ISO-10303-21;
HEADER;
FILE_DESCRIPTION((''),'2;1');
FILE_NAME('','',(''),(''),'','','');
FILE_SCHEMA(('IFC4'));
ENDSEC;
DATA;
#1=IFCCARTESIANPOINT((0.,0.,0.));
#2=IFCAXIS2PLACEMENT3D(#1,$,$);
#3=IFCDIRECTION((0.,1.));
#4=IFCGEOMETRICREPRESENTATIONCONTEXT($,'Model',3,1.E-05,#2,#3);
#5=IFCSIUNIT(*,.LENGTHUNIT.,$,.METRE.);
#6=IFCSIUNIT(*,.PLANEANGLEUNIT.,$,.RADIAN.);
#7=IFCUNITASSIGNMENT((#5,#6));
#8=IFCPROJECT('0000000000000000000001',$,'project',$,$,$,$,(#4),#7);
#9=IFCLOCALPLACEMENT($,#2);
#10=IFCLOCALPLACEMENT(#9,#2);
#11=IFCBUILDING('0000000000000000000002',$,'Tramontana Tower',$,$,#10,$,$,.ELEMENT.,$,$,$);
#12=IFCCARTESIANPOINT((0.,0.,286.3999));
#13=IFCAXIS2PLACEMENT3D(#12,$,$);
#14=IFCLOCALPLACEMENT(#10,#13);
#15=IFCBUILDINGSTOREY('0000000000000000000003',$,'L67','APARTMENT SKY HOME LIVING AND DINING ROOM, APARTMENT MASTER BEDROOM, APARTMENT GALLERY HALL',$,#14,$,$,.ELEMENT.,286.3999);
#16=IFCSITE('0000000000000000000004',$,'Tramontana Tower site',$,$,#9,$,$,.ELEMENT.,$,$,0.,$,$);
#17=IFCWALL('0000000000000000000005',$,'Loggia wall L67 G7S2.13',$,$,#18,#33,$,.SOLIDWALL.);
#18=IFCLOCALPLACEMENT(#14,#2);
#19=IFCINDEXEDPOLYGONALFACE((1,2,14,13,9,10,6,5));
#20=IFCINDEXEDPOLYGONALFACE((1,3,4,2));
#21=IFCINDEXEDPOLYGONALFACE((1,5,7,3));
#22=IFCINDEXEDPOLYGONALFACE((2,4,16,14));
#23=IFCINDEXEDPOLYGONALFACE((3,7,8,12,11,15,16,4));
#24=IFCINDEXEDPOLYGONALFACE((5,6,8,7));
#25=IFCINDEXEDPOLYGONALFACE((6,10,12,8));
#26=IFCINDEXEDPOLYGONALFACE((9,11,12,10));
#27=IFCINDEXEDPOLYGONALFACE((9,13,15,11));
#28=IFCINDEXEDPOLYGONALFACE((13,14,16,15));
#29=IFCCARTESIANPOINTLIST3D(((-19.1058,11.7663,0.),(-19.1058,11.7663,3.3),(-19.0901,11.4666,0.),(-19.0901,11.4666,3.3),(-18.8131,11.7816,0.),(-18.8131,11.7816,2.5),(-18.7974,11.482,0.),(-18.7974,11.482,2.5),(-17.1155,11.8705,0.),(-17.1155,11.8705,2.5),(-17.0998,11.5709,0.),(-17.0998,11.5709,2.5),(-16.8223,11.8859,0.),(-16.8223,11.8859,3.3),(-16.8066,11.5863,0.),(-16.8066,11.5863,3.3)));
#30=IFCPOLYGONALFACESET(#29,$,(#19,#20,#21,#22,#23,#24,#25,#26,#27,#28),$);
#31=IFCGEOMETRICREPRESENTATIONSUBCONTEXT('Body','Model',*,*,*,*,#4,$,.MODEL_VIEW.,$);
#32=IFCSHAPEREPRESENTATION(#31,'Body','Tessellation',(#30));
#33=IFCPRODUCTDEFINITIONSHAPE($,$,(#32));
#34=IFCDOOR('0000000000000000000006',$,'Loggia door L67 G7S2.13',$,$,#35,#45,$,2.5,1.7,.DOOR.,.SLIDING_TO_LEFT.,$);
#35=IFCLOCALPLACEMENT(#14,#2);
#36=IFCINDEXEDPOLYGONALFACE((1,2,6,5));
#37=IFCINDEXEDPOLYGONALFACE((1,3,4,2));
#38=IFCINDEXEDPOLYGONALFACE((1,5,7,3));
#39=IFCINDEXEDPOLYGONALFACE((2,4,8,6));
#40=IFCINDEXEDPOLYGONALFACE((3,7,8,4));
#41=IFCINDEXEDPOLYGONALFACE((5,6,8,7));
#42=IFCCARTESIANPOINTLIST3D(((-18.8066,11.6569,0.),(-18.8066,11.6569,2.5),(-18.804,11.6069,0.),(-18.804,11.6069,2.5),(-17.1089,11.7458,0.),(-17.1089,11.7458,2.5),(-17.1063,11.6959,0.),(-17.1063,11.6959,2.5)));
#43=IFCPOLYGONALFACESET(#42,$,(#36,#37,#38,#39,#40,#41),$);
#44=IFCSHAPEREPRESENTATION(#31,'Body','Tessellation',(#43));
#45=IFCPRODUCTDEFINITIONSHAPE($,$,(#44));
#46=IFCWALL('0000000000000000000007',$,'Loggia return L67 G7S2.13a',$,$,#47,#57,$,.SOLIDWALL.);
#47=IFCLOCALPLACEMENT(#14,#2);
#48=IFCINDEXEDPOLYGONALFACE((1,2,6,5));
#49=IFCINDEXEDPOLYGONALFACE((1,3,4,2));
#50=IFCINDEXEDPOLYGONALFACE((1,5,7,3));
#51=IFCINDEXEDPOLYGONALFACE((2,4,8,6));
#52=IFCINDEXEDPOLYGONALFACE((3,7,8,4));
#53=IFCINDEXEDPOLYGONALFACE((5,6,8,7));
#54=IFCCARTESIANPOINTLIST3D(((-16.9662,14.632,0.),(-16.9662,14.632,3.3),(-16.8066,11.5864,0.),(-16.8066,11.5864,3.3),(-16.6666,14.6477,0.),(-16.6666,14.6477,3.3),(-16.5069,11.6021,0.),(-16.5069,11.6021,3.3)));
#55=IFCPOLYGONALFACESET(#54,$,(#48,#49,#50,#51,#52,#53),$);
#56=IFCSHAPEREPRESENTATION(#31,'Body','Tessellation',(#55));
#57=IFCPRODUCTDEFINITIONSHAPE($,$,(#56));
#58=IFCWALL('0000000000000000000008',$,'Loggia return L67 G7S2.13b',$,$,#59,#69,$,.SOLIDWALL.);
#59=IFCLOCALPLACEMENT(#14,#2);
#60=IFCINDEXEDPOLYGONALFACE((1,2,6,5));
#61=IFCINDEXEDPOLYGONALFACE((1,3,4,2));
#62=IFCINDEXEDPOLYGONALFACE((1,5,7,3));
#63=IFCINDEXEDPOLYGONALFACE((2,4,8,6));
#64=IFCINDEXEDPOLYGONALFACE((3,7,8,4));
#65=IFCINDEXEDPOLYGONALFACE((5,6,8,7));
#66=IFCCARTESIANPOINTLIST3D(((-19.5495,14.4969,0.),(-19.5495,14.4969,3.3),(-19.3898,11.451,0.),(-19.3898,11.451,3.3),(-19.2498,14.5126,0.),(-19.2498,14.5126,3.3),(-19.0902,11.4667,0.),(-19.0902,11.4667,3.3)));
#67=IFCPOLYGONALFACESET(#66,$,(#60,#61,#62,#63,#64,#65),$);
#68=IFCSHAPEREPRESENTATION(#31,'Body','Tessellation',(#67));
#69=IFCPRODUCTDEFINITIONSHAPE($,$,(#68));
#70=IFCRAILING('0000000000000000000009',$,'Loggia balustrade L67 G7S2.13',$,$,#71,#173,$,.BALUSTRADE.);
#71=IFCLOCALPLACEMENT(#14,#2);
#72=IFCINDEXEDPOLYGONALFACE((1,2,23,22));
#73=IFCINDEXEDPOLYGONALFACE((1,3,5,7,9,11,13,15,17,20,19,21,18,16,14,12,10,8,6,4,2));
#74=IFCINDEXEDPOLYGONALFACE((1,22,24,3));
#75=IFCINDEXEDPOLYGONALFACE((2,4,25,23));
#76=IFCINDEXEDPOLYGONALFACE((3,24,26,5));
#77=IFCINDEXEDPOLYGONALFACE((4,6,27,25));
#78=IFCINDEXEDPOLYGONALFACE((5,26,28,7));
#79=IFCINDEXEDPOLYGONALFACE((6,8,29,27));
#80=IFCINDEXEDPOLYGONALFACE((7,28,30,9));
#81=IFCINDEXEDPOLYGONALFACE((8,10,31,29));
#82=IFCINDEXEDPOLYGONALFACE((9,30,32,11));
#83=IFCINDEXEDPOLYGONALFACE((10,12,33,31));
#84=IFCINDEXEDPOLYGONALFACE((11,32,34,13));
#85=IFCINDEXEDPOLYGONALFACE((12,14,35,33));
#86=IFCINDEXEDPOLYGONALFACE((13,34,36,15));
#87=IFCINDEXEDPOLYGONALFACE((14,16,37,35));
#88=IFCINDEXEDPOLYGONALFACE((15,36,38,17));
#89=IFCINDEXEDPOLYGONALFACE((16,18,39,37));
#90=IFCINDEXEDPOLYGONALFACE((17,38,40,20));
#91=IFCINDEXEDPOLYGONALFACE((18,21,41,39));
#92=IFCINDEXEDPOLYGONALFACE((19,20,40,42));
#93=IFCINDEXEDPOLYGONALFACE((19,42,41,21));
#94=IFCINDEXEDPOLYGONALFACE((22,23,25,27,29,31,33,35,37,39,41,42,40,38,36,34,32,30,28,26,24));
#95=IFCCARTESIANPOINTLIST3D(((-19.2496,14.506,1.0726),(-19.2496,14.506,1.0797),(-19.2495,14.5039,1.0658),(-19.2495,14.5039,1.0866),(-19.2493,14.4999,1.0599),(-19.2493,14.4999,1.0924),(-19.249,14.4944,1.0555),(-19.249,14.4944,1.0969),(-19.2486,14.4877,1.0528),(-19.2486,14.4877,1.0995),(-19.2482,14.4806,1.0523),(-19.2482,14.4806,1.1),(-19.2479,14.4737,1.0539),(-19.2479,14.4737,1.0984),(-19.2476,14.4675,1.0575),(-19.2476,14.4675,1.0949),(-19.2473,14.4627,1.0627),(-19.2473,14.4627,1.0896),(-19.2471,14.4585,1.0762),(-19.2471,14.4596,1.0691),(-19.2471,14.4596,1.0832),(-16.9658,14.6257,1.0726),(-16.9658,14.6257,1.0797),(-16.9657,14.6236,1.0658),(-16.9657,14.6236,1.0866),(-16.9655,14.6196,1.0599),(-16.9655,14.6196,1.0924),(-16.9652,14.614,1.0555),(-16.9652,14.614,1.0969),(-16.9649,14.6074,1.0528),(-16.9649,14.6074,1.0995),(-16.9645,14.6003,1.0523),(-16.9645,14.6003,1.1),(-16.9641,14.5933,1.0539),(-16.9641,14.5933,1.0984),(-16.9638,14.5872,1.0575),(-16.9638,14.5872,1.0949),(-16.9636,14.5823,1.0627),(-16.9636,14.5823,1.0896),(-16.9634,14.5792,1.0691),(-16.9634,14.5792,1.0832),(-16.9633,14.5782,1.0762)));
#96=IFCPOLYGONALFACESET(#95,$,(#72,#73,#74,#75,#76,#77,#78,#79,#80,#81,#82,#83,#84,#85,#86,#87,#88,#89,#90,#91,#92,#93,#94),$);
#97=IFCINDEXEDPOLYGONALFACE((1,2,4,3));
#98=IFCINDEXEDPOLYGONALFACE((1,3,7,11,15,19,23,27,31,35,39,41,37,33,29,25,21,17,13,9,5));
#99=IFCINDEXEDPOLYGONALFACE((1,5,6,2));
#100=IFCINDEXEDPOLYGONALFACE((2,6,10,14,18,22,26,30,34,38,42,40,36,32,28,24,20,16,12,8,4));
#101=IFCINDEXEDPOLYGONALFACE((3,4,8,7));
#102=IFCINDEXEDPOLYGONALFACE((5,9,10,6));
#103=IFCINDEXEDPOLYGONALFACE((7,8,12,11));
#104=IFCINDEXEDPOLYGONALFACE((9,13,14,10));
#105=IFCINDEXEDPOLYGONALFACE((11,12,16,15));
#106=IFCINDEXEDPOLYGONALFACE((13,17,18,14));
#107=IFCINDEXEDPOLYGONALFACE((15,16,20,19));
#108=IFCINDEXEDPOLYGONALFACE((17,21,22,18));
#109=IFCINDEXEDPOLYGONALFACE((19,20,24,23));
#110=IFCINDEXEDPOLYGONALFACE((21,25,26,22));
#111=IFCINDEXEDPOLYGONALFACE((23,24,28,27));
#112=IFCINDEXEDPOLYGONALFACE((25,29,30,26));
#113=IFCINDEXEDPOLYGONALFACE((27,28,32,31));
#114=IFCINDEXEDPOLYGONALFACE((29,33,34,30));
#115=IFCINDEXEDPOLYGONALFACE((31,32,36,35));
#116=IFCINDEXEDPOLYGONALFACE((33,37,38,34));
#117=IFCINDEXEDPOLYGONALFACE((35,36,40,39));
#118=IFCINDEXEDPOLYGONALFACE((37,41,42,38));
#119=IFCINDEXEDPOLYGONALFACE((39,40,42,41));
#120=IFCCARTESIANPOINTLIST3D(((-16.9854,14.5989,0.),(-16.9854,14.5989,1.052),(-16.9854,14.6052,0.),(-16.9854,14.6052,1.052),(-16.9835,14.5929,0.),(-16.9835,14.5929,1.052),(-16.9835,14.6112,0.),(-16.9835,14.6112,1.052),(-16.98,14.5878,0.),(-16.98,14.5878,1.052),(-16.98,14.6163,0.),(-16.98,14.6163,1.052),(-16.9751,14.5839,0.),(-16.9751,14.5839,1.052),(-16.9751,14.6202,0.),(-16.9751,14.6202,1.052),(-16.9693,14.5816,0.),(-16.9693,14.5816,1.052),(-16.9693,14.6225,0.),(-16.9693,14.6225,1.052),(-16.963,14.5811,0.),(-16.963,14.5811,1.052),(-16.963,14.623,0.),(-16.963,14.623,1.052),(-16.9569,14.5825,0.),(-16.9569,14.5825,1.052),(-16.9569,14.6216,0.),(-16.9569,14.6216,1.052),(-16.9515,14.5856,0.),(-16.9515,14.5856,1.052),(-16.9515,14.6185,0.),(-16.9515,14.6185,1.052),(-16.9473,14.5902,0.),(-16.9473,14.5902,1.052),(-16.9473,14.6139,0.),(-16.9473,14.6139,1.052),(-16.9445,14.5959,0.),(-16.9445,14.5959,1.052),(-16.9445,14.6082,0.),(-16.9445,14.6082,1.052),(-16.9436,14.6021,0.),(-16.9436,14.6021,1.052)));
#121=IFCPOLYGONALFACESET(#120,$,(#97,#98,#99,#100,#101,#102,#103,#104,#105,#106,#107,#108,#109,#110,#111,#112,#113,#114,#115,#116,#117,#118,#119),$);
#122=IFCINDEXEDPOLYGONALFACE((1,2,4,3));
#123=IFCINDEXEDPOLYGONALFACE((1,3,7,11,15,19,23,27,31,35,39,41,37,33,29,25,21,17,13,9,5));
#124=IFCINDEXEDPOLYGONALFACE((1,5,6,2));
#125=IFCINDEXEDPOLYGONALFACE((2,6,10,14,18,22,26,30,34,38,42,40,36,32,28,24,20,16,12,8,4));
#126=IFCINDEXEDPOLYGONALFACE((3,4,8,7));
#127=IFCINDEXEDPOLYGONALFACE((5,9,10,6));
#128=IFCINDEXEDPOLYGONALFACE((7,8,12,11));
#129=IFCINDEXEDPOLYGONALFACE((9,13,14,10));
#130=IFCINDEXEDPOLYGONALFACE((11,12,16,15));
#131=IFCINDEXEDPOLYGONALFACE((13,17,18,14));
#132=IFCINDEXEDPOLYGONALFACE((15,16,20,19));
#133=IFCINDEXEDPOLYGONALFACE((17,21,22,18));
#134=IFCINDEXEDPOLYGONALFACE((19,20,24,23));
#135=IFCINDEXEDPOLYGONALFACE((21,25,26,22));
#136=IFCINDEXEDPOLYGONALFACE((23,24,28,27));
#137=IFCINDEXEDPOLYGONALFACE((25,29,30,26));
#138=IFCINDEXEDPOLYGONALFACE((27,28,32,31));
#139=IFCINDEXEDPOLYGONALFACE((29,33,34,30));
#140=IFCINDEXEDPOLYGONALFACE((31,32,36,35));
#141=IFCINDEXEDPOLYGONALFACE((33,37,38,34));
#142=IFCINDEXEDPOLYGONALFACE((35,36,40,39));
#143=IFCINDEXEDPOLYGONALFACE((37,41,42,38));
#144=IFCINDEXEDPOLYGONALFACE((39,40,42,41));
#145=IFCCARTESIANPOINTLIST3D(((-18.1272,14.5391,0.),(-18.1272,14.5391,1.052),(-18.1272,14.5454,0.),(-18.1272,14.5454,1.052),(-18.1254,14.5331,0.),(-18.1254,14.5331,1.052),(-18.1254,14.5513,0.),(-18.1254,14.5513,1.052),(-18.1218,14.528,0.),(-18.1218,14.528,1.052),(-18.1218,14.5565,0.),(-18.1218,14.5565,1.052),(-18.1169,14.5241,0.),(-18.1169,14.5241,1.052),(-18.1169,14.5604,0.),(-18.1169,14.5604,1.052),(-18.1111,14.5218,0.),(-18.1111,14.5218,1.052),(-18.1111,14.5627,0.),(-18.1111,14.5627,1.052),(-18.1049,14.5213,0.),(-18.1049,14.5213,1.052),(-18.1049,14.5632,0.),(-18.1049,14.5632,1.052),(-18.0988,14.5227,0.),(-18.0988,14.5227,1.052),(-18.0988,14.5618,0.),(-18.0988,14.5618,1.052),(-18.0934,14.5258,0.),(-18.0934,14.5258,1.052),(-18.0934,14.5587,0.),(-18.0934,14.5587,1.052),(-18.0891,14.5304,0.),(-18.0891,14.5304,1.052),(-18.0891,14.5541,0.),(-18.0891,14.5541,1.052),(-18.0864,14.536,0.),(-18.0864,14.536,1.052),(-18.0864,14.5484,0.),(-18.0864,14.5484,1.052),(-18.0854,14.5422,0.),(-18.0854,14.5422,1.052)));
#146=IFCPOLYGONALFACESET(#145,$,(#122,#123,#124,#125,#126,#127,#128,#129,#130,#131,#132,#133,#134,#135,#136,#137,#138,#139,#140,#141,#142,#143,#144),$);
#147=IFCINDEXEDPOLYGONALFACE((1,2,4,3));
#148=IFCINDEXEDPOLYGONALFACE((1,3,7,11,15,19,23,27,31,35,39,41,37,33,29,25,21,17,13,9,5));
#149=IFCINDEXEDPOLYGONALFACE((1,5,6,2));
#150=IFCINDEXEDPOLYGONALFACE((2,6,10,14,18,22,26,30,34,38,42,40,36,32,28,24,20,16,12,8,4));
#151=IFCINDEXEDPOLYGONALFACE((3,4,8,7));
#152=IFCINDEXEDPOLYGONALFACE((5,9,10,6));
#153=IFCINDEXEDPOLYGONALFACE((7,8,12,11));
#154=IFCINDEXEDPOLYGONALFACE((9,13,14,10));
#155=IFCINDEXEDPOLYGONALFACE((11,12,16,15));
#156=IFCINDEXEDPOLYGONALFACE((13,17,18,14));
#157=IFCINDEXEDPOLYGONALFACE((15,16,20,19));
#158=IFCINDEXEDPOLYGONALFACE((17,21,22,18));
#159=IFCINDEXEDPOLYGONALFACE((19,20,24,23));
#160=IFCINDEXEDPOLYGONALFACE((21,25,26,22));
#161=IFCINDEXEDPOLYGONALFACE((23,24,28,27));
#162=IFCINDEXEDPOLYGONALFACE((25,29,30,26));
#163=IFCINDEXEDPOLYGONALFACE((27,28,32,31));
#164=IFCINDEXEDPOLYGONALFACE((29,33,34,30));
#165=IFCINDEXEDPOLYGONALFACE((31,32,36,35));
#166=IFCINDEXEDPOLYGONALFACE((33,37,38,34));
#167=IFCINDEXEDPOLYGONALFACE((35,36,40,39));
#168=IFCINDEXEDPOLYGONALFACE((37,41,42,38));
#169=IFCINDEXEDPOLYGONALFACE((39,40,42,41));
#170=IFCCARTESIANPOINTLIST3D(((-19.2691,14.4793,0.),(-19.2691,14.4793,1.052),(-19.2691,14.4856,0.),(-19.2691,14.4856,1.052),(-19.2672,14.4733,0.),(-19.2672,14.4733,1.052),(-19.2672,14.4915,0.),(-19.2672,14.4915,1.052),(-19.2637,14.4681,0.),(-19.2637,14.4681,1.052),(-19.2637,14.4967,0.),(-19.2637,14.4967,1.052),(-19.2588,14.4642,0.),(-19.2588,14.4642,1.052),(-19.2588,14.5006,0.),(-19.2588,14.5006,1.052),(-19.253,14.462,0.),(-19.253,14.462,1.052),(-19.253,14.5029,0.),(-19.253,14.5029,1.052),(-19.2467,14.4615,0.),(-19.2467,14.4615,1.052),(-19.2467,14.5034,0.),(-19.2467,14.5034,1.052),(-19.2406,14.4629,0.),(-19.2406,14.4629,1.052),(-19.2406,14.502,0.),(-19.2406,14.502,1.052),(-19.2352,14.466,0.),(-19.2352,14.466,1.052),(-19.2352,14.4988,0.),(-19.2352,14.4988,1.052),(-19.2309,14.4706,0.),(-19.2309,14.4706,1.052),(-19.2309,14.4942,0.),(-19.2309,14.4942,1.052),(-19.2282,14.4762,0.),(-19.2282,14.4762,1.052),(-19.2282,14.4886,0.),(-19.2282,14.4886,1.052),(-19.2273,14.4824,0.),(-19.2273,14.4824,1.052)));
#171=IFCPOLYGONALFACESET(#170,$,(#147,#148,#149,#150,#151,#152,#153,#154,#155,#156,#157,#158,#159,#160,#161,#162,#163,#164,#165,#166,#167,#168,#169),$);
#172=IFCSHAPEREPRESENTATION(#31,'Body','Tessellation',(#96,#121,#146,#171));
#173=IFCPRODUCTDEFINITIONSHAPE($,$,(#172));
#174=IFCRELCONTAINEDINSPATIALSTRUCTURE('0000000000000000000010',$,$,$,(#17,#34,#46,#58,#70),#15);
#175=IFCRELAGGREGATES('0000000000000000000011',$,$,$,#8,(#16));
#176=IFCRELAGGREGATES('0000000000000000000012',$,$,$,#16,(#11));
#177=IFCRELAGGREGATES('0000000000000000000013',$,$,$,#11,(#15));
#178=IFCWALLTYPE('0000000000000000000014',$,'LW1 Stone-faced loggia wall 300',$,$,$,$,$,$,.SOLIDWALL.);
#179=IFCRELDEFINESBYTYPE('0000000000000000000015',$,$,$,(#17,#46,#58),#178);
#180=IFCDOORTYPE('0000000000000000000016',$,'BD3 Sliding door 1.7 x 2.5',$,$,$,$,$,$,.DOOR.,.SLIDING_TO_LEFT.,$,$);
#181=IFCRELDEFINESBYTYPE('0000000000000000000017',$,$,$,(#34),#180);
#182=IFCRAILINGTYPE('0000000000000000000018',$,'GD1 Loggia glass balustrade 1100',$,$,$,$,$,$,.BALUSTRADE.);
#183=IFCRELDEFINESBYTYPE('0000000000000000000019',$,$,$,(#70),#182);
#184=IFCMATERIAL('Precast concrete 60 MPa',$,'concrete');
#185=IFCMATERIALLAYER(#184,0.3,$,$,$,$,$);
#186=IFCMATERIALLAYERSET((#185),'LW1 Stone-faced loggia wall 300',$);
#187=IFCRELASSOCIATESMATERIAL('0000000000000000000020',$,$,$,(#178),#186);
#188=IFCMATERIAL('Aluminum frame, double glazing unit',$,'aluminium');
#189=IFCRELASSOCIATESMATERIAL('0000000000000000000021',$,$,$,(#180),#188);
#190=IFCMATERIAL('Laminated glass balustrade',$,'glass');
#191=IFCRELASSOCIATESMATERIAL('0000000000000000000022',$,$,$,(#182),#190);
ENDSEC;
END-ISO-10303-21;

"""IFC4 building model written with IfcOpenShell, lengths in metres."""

from ifc_helpers import new_model, si_unit, direction, frame, frame_2d, origin, origin_2d, place, context, subcontext, project, spatial, rectangle, circle, extrude, material, layer, layer_set, type_object, element, fill, save


model = new_model("IFC4")

# Units and contexts
model_context = context("Model", 3, precision=1e-05, world=origin(), true_north=direction((0.0, 1.0)))
body_context = subcontext(model_context, "Body", "Model", "MODEL_VIEW")
ifc_project = project(units=[si_unit("LENGTHUNIT", "METRE"), si_unit("PLANEANGLEUNIT", "RADIAN")], contexts=[model_context])

# Site, building, storey
site_placement = place(None, origin())
site = spatial("IfcSite", under=ifc_project, at=site_placement, Name="Tramontana Tower site", CompositionType="ELEMENT", RefElevation=0.0)
building_placement = place(site_placement, origin())
building = spatial("IfcBuilding", under=site, at=building_placement, Name="Tramontana Tower", CompositionType="ELEMENT")
storey_placement = place(building_placement, frame((0.0, 0.0, 286.3999)))
storey = spatial("IfcBuildingStorey", under=building, at=storey_placement, Name="L67", Description="APARTMENT SKY HOME LIVING AND DINING ROOM, APARTMENT MASTER BEDROOM, APARTMENT GALLERY HALL", CompositionType="ELEMENT", Elevation=286.3999)

# Wall, opening, door
ifc_material_1 = material(Name="Precast concrete 60 MPa", Category="concrete")
ifc_layer_1 = layer(ifc_material_1, 0.3)
ifc_layer_set_1 = layer_set([ifc_layer_1], Name="LW1 Stone-faced loggia wall 300")
wall_type_1 = type_object("IfcWallType", Name="LW1 Stone-faced loggia wall 300", PredefinedType="SOLIDWALL", material=ifc_layer_set_1)
wall_1_placement = place(storey_placement, frame((-16.8145, 11.7361, 0.0), z_axis=(0.0, 0.0, 1.0), x_axis=(-0.99863, -0.052318, 0.0)))
wall_1 = element("IfcWall", 1, at=wall_1_placement, inside=storey, type_object=wall_type_1, Name="Loggia wall L67 G7S2.13", PredefinedType="SOLIDWALL", context=body_context, shape_type="SweptSolid", body=[
    extrude(rectangle(XDim=2.2866, YDim=0.3, at=frame_2d((1.1433, 0.0))), origin(), (0.0, 0.0, 1.0), 3.3),
])
opening_1_placement = place(wall_1_placement, frame((0.2935, 0.0, 0.0)))
opening_1 = element("IfcOpeningElement", 2, at=opening_1_placement, cuts=wall_1, PredefinedType="OPENING", context=body_context, shape_type="SweptSolid", body=[
    extrude(rectangle(XDim=1.7, YDim=2.5, at=frame_2d((0.8501, 1.25))), frame((0.0, 0.1599, 0.0), z_axis=(0.0, -1.0, 0.0), x_axis=(1.0, 0.0, 0.0)), (0.0, 0.0, 1.0), 0.3201),
])
ifc_material_2 = material(Name="Aluminum frame, double glazing unit", Category="aluminium")
door_type_1 = type_object("IfcDoorType", Name="BD3 Sliding door 1.7 x 2.5", OperationType="SLIDING_TO_LEFT", PredefinedType="DOOR", material=ifc_material_2)
door_1_placement = place(opening_1_placement, origin())
door_1 = element("IfcDoor", 3, at=door_1_placement, inside=storey, type_object=door_type_1, Name="Loggia door L67 G7S2.13", OperationType="SLIDING_TO_LEFT", OverallHeight=2.5, OverallWidth=1.7, PredefinedType="DOOR", context=body_context, shape_type="SweptSolid", body=[
    extrude(rectangle(XDim=1.7, YDim=2.5, at=frame_2d((0.8501, 1.25))), frame((0.0, 0.0249, 0.0), z_axis=(0.0, -1.0, 0.0), x_axis=(1.0, 0.0, 0.0)), (0.0, 0.0, 1.0), 0.05),
])
fill(opening_1, door_1)

# Walls
wall_2_placement = place(storey_placement, frame((-16.8164, 14.6399, 0.0), z_axis=(0.0, 0.0, 1.0), x_axis=(0.052353, -0.998629, 0.0)))
element("IfcWall", 4, at=wall_2_placement, inside=storey, type_object=wall_type_1, Name="Loggia return L67 G7S2.13a", PredefinedType="SOLIDWALL", context=body_context, shape_type="SweptSolid", body=[
    extrude(rectangle(XDim=3.0498, YDim=0.3, at=frame_2d((1.5249, 0.0))), origin(), (0.0, 0.0, 1.0), 3.3),
])
wall_3_placement = place(storey_placement, frame((-19.3997, 14.5046, 0.0), z_axis=(0.0, 0.0, 1.0), x_axis=(0.052349, -0.998629, 0.0)))
element("IfcWall", 5, at=wall_3_placement, inside=storey, type_object=wall_type_1, Name="Loggia return L67 G7S2.13b", PredefinedType="SOLIDWALL", context=body_context, shape_type="SweptSolid", body=[
    extrude(rectangle(XDim=3.05, YDim=0.3, at=frame_2d((1.5249, 0.0))), origin(), (0.0, 0.0, 1.0), 3.3),
])

# Railing
ifc_material_3 = material(Name="Laminated glass balustrade", Category="glass")
railing_type = type_object("IfcRailingType", Name="GD1 Loggia glass balustrade 1100", PredefinedType="BALUSTRADE", material=ifc_material_3)
railing_1_placement = place(storey_placement, frame((-16.9646, 14.6021, 0.0)))
element("IfcRailing", 6, at=railing_1_placement, inside=storey, type_object=railing_type, Name="Loggia balustrade L67 G7S2.13", PredefinedType="BALUSTRADE", context=body_context, shape_type="SweptSolid", body=[
    extrude(circle(Radius=0.0239, at=origin_2d()), frame((0.0, 0.0, 1.0762), z_axis=(-0.998631, -0.052312, 0.0), x_axis=(0.052312, -0.998631, 0.0)), (0.0, 0.0, 1.0), 2.2869),
    extrude(circle(Radius=0.021, at=origin_2d()), origin(), (0.0, 0.0, 1.0), 1.052),
    extrude(circle(Radius=0.021, at=origin_2d()), frame((-1.1418, -0.0598, 0.0)), (0.0, 0.0, 1.0), 1.052),
    extrude(circle(Radius=0.021, at=origin_2d()), frame((-2.2837, -0.1196, 0.0)), (0.0, 0.0, 1.0), 1.052),
])

save(model, "model.ifc")
